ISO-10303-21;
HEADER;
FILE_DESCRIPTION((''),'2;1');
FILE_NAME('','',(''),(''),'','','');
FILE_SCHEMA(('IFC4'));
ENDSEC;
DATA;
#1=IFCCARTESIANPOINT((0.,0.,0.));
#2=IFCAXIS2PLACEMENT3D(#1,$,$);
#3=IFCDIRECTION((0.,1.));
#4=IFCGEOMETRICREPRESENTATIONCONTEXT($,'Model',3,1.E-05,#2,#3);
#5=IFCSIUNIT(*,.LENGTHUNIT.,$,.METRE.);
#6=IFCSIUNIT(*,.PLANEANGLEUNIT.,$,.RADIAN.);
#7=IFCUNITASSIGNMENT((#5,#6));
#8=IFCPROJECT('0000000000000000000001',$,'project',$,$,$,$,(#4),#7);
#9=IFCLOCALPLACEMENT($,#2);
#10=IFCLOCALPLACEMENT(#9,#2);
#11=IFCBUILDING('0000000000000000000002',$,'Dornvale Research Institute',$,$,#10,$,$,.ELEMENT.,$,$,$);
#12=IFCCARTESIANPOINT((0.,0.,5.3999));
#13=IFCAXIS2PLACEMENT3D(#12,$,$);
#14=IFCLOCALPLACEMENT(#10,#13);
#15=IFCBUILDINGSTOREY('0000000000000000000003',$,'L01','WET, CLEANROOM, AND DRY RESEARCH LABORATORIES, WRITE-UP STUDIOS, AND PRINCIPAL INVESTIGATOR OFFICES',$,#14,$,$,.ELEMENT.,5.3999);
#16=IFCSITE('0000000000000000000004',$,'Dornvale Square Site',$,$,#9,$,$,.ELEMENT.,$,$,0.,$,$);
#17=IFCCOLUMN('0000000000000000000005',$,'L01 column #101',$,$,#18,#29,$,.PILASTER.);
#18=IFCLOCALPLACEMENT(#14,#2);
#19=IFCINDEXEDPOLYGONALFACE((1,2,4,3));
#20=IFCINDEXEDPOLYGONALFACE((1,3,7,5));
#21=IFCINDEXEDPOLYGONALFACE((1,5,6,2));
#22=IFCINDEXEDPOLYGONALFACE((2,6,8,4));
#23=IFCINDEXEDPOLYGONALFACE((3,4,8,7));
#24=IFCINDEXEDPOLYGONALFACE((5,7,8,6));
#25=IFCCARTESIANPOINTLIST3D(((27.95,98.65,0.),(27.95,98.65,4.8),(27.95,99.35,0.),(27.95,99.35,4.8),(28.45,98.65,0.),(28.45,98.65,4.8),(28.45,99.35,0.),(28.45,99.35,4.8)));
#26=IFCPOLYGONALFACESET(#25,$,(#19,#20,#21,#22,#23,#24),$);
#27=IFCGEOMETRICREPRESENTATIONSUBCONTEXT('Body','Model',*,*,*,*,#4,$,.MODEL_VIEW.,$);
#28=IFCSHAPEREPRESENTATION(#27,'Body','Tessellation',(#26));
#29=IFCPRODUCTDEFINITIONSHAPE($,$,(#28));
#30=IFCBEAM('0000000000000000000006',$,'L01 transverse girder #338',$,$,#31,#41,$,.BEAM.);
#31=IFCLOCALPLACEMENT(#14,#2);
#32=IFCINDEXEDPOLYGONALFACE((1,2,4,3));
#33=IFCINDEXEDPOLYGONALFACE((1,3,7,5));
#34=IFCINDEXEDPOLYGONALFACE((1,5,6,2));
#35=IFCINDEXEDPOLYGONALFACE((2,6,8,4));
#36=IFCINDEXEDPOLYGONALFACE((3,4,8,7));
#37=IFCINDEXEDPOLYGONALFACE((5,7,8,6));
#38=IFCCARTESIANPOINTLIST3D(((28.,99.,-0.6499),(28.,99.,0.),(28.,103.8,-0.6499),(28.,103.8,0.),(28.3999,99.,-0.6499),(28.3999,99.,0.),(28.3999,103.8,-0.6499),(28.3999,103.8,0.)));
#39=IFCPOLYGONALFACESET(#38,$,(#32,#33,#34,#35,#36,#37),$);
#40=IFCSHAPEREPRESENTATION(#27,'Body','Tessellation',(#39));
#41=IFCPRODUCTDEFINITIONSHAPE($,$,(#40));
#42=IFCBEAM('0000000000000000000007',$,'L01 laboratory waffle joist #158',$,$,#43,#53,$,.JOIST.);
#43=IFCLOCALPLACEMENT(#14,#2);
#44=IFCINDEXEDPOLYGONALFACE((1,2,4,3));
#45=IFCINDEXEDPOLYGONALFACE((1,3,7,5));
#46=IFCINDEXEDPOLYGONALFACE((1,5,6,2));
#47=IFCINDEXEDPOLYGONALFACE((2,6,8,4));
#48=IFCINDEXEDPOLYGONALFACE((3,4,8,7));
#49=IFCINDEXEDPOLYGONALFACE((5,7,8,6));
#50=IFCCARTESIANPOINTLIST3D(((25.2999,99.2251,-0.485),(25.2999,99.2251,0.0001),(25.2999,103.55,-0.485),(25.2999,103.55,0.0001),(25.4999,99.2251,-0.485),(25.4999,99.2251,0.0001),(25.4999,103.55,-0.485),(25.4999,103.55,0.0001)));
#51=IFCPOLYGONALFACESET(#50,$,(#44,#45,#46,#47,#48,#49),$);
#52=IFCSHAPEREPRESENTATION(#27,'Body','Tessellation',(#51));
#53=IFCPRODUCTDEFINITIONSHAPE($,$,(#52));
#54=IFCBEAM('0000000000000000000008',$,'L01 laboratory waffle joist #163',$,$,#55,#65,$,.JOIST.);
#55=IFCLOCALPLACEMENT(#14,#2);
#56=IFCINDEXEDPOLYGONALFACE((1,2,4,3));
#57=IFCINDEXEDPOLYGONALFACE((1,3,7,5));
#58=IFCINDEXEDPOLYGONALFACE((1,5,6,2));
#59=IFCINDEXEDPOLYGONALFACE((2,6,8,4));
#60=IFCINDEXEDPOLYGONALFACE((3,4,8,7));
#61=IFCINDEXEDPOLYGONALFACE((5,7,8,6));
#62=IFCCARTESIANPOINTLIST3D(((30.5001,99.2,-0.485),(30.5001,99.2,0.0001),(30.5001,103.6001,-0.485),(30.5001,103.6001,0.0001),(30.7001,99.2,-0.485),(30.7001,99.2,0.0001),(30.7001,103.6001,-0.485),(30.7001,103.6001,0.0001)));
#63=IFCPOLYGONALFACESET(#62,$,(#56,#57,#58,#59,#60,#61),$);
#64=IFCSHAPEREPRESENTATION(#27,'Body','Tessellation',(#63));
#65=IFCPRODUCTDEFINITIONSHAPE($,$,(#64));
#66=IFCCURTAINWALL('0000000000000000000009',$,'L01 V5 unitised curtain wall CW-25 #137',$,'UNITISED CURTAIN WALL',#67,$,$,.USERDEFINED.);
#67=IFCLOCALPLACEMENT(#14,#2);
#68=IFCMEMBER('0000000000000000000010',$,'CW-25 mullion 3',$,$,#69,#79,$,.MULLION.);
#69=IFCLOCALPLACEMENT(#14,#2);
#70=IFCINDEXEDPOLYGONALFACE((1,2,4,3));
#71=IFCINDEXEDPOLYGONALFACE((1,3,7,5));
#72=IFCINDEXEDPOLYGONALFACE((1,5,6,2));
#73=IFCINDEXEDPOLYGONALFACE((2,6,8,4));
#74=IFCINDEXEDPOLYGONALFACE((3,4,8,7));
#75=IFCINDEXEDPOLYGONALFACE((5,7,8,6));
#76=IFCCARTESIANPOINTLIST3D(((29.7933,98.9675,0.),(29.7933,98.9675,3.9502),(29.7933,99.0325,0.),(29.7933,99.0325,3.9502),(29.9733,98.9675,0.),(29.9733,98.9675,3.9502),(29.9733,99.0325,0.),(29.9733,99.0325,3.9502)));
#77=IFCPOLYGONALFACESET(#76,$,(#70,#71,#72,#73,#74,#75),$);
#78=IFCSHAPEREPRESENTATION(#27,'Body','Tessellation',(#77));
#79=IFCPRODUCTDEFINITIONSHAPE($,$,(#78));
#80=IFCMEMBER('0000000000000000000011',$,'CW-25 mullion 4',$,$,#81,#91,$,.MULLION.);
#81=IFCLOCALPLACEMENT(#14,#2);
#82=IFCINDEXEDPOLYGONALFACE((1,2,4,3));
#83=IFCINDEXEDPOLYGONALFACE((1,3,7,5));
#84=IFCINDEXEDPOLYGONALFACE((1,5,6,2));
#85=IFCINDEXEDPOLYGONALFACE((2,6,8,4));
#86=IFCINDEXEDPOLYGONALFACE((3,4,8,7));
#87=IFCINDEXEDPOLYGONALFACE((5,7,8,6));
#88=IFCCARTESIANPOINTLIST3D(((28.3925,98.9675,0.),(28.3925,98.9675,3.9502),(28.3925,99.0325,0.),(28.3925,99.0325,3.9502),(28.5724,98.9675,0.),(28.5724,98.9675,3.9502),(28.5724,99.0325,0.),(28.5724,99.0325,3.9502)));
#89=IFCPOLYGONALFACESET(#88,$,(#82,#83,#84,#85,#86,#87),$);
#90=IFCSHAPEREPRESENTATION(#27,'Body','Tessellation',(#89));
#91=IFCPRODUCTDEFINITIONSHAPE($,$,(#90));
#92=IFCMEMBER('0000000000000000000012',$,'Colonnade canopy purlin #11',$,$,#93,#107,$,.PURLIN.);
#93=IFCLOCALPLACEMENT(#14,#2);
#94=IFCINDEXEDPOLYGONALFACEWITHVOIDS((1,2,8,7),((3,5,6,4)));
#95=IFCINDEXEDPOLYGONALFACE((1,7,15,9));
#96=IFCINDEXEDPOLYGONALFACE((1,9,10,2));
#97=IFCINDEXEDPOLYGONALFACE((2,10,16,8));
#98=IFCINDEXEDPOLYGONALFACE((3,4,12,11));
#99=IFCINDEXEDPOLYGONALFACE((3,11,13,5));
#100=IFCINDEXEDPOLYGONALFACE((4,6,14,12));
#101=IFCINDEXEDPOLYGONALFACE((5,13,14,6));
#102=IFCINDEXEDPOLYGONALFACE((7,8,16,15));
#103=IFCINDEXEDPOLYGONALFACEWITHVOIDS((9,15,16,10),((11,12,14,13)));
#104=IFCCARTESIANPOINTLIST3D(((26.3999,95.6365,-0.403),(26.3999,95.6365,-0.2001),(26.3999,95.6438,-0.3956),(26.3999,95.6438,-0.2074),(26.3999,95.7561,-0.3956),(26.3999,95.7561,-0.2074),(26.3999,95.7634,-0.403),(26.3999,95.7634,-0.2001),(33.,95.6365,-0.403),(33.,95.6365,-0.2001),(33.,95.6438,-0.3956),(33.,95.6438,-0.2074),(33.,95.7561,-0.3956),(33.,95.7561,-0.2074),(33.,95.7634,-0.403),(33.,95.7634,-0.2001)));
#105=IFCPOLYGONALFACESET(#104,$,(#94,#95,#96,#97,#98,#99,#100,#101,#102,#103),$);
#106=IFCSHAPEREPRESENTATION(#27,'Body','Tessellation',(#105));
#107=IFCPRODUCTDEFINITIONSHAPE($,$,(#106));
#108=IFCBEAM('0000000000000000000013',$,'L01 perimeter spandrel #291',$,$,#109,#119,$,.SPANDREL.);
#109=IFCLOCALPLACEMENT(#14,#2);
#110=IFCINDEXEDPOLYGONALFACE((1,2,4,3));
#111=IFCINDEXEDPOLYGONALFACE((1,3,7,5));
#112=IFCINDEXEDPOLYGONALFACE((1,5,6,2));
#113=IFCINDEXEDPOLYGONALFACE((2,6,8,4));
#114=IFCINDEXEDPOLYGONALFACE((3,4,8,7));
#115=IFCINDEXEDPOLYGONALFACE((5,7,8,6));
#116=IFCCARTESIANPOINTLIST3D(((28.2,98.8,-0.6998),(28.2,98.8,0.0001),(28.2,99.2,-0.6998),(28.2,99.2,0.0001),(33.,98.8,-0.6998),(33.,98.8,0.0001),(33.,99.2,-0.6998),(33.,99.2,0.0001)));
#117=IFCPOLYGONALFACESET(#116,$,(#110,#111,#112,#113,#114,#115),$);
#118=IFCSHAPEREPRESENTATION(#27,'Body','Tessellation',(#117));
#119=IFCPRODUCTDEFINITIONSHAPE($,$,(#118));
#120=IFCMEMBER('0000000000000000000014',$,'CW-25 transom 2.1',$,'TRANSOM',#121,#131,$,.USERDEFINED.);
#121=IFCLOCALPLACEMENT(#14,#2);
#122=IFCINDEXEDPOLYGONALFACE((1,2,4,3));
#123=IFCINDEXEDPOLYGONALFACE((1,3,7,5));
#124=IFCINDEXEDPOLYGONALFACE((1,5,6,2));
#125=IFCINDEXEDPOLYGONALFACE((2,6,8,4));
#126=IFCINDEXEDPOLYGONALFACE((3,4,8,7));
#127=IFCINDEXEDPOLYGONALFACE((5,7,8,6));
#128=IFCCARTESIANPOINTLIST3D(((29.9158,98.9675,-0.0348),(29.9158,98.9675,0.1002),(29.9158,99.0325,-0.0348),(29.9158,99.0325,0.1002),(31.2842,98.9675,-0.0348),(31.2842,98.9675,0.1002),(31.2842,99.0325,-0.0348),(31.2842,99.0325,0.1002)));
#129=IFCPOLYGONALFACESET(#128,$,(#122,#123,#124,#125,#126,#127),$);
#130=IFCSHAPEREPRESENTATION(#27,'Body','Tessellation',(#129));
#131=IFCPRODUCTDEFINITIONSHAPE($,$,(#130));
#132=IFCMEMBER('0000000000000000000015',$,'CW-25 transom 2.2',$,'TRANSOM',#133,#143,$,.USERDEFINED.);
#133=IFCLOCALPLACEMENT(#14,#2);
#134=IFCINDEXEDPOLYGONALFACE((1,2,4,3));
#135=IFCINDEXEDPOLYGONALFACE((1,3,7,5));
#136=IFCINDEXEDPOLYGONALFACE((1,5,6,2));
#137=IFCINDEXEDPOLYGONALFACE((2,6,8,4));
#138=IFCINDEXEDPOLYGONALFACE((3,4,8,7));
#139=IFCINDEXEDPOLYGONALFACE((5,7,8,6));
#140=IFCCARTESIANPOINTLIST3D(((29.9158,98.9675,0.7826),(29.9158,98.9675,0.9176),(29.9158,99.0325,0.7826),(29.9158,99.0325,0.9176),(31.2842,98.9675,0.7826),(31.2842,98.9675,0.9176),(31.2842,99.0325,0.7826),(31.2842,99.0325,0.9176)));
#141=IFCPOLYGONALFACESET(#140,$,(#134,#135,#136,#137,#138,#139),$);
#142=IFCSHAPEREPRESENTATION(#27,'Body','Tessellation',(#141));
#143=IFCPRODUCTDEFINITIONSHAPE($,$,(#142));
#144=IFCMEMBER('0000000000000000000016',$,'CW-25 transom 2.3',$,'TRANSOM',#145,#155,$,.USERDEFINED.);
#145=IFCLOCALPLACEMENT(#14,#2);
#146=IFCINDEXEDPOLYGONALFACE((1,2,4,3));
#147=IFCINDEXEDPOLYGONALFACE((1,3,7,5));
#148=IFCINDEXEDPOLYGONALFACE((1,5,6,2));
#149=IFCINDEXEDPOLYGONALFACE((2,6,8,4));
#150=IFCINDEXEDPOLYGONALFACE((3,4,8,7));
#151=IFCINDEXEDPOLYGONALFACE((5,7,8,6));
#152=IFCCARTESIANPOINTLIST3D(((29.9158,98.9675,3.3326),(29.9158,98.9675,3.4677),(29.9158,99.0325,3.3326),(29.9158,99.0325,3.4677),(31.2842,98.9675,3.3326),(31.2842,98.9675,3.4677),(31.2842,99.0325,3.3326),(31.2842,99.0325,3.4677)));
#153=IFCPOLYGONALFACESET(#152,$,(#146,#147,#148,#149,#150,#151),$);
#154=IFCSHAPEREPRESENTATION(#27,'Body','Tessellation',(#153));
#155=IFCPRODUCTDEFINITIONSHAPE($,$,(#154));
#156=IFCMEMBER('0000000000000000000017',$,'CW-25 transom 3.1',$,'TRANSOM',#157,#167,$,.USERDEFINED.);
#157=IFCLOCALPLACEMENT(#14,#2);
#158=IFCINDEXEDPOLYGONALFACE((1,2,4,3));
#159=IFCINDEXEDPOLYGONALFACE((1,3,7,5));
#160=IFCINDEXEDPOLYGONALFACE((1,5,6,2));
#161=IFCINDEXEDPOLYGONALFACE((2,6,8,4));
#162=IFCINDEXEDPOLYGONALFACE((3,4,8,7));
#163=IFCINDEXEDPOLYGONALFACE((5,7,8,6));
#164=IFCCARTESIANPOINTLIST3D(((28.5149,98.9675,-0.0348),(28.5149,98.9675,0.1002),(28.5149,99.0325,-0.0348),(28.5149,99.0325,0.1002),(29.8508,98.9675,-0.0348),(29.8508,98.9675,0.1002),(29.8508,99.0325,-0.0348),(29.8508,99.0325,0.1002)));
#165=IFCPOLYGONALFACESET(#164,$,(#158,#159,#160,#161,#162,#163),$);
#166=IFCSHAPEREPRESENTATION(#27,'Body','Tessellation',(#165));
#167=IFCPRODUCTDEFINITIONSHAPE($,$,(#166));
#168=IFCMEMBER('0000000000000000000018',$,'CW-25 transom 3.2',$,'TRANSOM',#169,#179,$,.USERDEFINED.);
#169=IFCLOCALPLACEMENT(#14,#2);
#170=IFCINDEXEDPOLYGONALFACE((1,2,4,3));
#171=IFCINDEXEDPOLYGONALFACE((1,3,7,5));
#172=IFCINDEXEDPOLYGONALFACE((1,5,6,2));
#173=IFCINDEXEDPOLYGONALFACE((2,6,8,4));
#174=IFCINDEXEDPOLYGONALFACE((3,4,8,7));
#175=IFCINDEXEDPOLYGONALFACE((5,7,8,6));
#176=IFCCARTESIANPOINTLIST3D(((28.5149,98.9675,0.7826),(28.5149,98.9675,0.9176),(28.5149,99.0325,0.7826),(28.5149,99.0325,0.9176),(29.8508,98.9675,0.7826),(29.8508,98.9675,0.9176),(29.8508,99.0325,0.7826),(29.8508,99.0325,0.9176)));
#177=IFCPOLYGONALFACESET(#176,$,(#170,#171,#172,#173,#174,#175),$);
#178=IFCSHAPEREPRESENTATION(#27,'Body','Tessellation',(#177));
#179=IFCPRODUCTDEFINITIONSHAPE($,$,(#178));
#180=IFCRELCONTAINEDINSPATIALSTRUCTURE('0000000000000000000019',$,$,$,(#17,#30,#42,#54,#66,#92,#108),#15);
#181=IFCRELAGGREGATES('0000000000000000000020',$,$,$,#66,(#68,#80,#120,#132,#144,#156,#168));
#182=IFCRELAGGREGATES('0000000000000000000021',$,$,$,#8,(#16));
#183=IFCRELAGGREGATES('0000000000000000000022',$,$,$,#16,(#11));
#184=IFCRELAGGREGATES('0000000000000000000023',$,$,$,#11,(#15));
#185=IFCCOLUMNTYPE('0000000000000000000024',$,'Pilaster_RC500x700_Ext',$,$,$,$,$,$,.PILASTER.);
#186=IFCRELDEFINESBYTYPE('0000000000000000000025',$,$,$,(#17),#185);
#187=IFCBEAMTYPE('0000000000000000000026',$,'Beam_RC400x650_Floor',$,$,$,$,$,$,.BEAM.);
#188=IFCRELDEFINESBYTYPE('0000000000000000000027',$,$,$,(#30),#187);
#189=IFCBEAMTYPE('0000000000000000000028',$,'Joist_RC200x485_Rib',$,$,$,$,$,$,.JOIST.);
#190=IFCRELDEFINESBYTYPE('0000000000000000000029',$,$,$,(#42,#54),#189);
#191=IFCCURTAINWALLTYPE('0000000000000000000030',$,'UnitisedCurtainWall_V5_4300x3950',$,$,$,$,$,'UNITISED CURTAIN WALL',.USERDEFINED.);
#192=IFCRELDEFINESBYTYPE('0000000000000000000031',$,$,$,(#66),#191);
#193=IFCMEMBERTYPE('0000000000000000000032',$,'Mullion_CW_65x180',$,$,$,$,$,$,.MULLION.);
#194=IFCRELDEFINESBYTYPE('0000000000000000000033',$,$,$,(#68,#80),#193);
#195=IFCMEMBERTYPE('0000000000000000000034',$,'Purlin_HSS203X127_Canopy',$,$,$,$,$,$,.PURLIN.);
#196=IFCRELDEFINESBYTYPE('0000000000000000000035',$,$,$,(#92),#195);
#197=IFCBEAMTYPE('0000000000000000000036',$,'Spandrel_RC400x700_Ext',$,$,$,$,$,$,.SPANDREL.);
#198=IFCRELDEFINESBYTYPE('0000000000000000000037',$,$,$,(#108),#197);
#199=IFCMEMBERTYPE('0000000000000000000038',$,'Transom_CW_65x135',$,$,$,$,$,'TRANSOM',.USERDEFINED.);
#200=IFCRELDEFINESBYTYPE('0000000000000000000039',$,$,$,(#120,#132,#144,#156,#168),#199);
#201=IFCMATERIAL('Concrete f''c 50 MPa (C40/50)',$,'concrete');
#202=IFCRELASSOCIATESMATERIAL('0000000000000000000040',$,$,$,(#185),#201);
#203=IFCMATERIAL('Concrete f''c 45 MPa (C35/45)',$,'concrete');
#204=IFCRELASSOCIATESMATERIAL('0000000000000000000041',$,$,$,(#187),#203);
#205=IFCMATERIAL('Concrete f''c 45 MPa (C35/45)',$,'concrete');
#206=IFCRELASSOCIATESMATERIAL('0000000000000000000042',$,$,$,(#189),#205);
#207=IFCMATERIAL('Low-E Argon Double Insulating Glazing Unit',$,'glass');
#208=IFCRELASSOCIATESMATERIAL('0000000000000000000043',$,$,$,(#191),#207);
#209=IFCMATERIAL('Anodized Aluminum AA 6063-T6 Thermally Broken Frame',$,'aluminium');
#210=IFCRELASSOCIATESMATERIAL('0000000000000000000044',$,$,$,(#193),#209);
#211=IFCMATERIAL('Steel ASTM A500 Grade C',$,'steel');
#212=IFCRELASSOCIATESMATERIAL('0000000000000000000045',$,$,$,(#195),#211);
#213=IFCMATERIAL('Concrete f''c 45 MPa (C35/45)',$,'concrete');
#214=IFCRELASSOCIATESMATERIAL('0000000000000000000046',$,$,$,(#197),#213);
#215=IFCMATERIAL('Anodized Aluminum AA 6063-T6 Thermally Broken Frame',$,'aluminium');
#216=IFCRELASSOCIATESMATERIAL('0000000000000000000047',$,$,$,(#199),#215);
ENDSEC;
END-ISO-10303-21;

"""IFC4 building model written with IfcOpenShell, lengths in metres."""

from ifc_helpers import new_model, si_unit, direction, frame, origin, origin_2d, place, context, subcontext, project, spatial, rectangle, hollow_rectangle, extrude, material, material_profile, profile_set, type_object, element, aggregate, save


model = new_model("IFC4")

# Units and contexts
model_context = context("Model", 3, precision=1e-05, world=origin(), true_north=direction((0.0, 1.0)))
body_context = subcontext(model_context, "Body", "Model", "MODEL_VIEW")
ifc_project = project(units=[si_unit("LENGTHUNIT", "METRE"), si_unit("PLANEANGLEUNIT", "RADIAN")], contexts=[model_context])

# Site, building, storey
site_placement = place(None, origin())
site = spatial("IfcSite", under=ifc_project, at=site_placement, Name="Dornvale Square Site", CompositionType="ELEMENT", RefElevation=0.0)
building_placement = place(site_placement, origin())
building = spatial("IfcBuilding", under=site, at=building_placement, Name="Dornvale Research Institute", CompositionType="ELEMENT")
storey_placement = place(building_placement, frame((0.0, 0.0, 5.3999)))
storey = spatial("IfcBuildingStorey", under=building, at=storey_placement, Name="L01", Description="WET, CLEANROOM, AND DRY RESEARCH LABORATORIES, WRITE-UP STUDIOS, AND PRINCIPAL INVESTIGATOR OFFICES", CompositionType="ELEMENT", Elevation=5.3999)

# Column
ifc_material_1 = material(Name="Concrete f'c 50 MPa (C40/50)", Category="concrete")
ifc_material_profile_1 = material_profile(ifc_material_1, rectangle(XDim=0.5, YDim=0.7, at=origin_2d()), Name="RC 500x700")
ifc_profile_set_1 = profile_set([ifc_material_profile_1], Name="Concrete f'c 50 MPa (C40/50)")
column_type = type_object("IfcColumnType", Name="Pilaster_RC500x700_Ext", PredefinedType="PILASTER", material=ifc_profile_set_1)
column_placement = place(storey_placement, frame((28.2, 99.0, 0.0), z_axis=(0.0, 0.0, 1.0), x_axis=(1.0, 0.0, 0.0)))
element("IfcColumn", 1, at=column_placement, inside=storey, type_object=column_type, Name="L01 column #101", PredefinedType="PILASTER", context=body_context, shape_type="SweptSolid", body=[
    extrude(rectangle(XDim=0.5, YDim=0.7, at=origin_2d()), origin(), (0.0, 0.0, 1.0), 4.8),
])

# Beams
ifc_material_2 = material(Name="Concrete f'c 45 MPa (C35/45)", Category="concrete")
ifc_material_profile_2 = material_profile(ifc_material_2, rectangle(XDim=0.3999, YDim=0.6499, at=origin_2d()), Name="RC 400x650")
ifc_profile_set_2 = profile_set([ifc_material_profile_2], Name="Concrete f'c 45 MPa (C35/45)")
beam_type_1 = type_object("IfcBeamType", Name="Beam_RC400x650_Floor", PredefinedType="BEAM", material=ifc_profile_set_2)
beam_1_placement = place(storey_placement, frame((28.2, 99.0, -0.325), z_axis=(0.0, 1.0, 0.0), x_axis=(-1.0, 0.0, 0.0)))
element("IfcBeam", 2, at=beam_1_placement, inside=storey, type_object=beam_type_1, Name="L01 transverse girder #338", PredefinedType="BEAM", context=body_context, shape_type="SweptSolid", body=[
    extrude(rectangle(XDim=0.3999, YDim=0.6499, at=origin_2d()), origin(), (0.0, 0.0, 1.0), 4.8),
])
ifc_material_3 = material(Name="Concrete f'c 45 MPa (C35/45)", Category="concrete")
ifc_material_profile_3 = material_profile(ifc_material_3, rectangle(XDim=0.2, YDim=0.4851, at=origin_2d()), Name="RC 200x485")
ifc_profile_set_3 = profile_set([ifc_material_profile_3], Name="Concrete f'c 45 MPa (C35/45)")
beam_type_2 = type_object("IfcBeamType", Name="Joist_RC200x485_Rib", PredefinedType="JOIST", material=ifc_profile_set_3)
beam_2_placement = place(storey_placement, frame((25.3999, 99.2251, -0.2424), z_axis=(0.0, 1.0, 0.0), x_axis=(-1.0, 0.0, 0.0)))
element("IfcBeam", 3, at=beam_2_placement, inside=storey, type_object=beam_type_2, Name="L01 laboratory waffle joist #158", PredefinedType="JOIST", context=body_context, shape_type="SweptSolid", body=[
    extrude(rectangle(XDim=0.2, YDim=0.4851, at=origin_2d()), origin(), (0.0, 0.0, 1.0), 4.325),
])
beam_3_placement = place(storey_placement, frame((30.6001, 99.2, -0.2424), z_axis=(0.0, 1.0, 0.0), x_axis=(-1.0, 0.0, 0.0)))
element("IfcBeam", 4, at=beam_3_placement, inside=storey, type_object=beam_type_2, Name="L01 laboratory waffle joist #163", PredefinedType="JOIST", context=body_context, shape_type="SweptSolid", body=[
    extrude(rectangle(XDim=0.2, YDim=0.4851, at=origin_2d()), origin(), (0.0, 0.0, 1.0), 4.4001),
])

# Curtain wall, members
ifc_material_4 = material(Name="Low-E Argon Double Insulating Glazing Unit", Category="glass")
curtain_wall_type = type_object("IfcCurtainWallType", Name="UnitisedCurtainWall_V5_4300x3950", ElementType="UNITISED CURTAIN WALL", PredefinedType="USERDEFINED", material=ifc_material_4)
curtain_wall_placement = place(storey_placement, origin())
curtain_wall = element("IfcCurtainWall", 5, at=curtain_wall_placement, inside=storey, type_object=curtain_wall_type, Name="L01 V5 unitised curtain wall CW-25 #137", ObjectType="UNITISED CURTAIN WALL", PredefinedType="USERDEFINED")
ifc_material_5 = material(Name="Anodized Aluminum AA 6063-T6 Thermally Broken Frame", Category="aluminium")
ifc_material_profile_4 = material_profile(ifc_material_5, rectangle(XDim=0.0649, YDim=0.1799, at=origin_2d()), Name="ALU MULLION 65x180")
ifc_profile_set_4 = profile_set([ifc_material_profile_4], Name="Anodized Aluminum AA 6063-T6 Thermally Broken Frame")
member_type_1 = type_object("IfcMemberType", Name="Mullion_CW_65x180", PredefinedType="MULLION", material=ifc_profile_set_4)
member_1_placement = place(storey_placement, frame((29.8833, 99.0, 0.0), z_axis=(0.0, 0.0, 1.0), x_axis=(0.0, -1.0, 0.0)))
member_1 = element("IfcMember", 6, at=member_1_placement, type_object=member_type_1, Name="CW-25 mullion 3", PredefinedType="MULLION", context=body_context, shape_type="SweptSolid", body=[
    extrude(rectangle(XDim=0.0649, YDim=0.1799, at=origin_2d()), origin(), (0.0, 0.0, 1.0), 3.9502),
])
member_2_placement = place(storey_placement, frame((28.4824, 99.0, 0.0), z_axis=(0.0, 0.0, 1.0), x_axis=(0.0, -1.0, 0.0)))
member_2 = element("IfcMember", 7, at=member_2_placement, type_object=member_type_1, Name="CW-25 mullion 4", PredefinedType="MULLION", context=body_context, shape_type="SweptSolid", body=[
    extrude(rectangle(XDim=0.0649, YDim=0.1799, at=origin_2d()), origin(), (0.0, 0.0, 1.0), 3.9502),
])

# Member
ifc_material_6 = material(Name="Steel ASTM A500 Grade C", Category="steel")
ifc_material_profile_5 = material_profile(ifc_material_6, hollow_rectangle(XDim=0.127, YDim=0.2029, WallThickness=0.0073, at=origin_2d()), Name="HSS203X127X7.9")
ifc_profile_set_5 = profile_set([ifc_material_profile_5], Name="Steel ASTM A500 Grade C")
member_type_2 = type_object("IfcMemberType", Name="Purlin_HSS203X127_Canopy", PredefinedType="PURLIN", material=ifc_profile_set_5)
member_3_placement = place(storey_placement, frame((26.3999, 95.7, -0.3015), z_axis=(1.0, 0.0, 0.0), x_axis=(0.0, 1.0, 0.0)))
element("IfcMember", 8, at=member_3_placement, inside=storey, type_object=member_type_2, Name="Colonnade canopy purlin #11", PredefinedType="PURLIN", context=body_context, shape_type="SweptSolid", body=[
    extrude(hollow_rectangle(XDim=0.127, YDim=0.2029, WallThickness=0.0073, at=origin_2d()), origin(), (0.0, 0.0, 1.0), 6.6001),
])

# Beam
ifc_material_7 = material(Name="Concrete f'c 45 MPa (C35/45)", Category="concrete")
ifc_material_profile_6 = material_profile(ifc_material_7, rectangle(XDim=0.3999, YDim=0.7, at=origin_2d()), Name="RC 400x700")
ifc_profile_set_6 = profile_set([ifc_material_profile_6], Name="Concrete f'c 45 MPa (C35/45)")
beam_type_3 = type_object("IfcBeamType", Name="Spandrel_RC400x700_Ext", PredefinedType="SPANDREL", material=ifc_profile_set_6)
beam_4_placement = place(storey_placement, frame((28.2, 99.0, -0.3499), z_axis=(1.0, 0.0, 0.0), x_axis=(0.0, 1.0, 0.0)))
element("IfcBeam", 9, at=beam_4_placement, inside=storey, type_object=beam_type_3, Name="L01 perimeter spandrel #291", PredefinedType="SPANDREL", context=body_context, shape_type="SweptSolid", body=[
    extrude(rectangle(XDim=0.3999, YDim=0.7, at=origin_2d()), origin(), (0.0, 0.0, 1.0), 4.8),
])

# Members
ifc_material_8 = material(Name="Anodized Aluminum AA 6063-T6 Thermally Broken Frame", Category="aluminium")
ifc_material_profile_7 = material_profile(ifc_material_8, rectangle(XDim=0.0649, YDim=0.135, at=origin_2d()), Name="ALU TRANSOM 65x135")
ifc_profile_set_7 = profile_set([ifc_material_profile_7], Name="Anodized Aluminum AA 6063-T6 Thermally Broken Frame")
member_type_3 = type_object("IfcMemberType", Name="Transom_CW_65x135", ElementType="TRANSOM", PredefinedType="USERDEFINED", material=ifc_profile_set_7)
member_4_placement = place(storey_placement, frame((31.2842, 99.0, 0.0327), z_axis=(-1.0, 0.0, 0.0), x_axis=(0.0, -1.0, 0.0)))
member_4 = element("IfcMember", 10, at=member_4_placement, type_object=member_type_3, Name="CW-25 transom 2.1", ObjectType="TRANSOM", PredefinedType="USERDEFINED", context=body_context, shape_type="SweptSolid", body=[
    extrude(rectangle(XDim=0.0649, YDim=0.135, at=origin_2d()), origin(), (0.0, 0.0, 1.0), 1.3684),
])
member_5_placement = place(storey_placement, frame((31.2842, 99.0, 0.8501), z_axis=(-1.0, 0.0, 0.0), x_axis=(0.0, -1.0, 0.0)))
member_5 = element("IfcMember", 11, at=member_5_placement, type_object=member_type_3, Name="CW-25 transom 2.2", ObjectType="TRANSOM", PredefinedType="USERDEFINED", context=body_context, shape_type="SweptSolid", body=[
    extrude(rectangle(XDim=0.0649, YDim=0.135, at=origin_2d()), origin(), (0.0, 0.0, 1.0), 1.3684),
])
member_6_placement = place(storey_placement, frame((31.2842, 99.0, 3.4001), z_axis=(-1.0, 0.0, 0.0), x_axis=(0.0, -1.0, 0.0)))
member_6 = element("IfcMember", 12, at=member_6_placement, type_object=member_type_3, Name="CW-25 transom 2.3", ObjectType="TRANSOM", PredefinedType="USERDEFINED", context=body_context, shape_type="SweptSolid", body=[
    extrude(rectangle(XDim=0.0649, YDim=0.135, at=origin_2d()), origin(), (0.0, 0.0, 1.0), 1.3684),
])
member_7_placement = place(storey_placement, frame((29.8508, 99.0, 0.0327), z_axis=(-1.0, 0.0, 0.0), x_axis=(0.0, -1.0, 0.0)))
member_7 = element("IfcMember", 13, at=member_7_placement, type_object=member_type_3, Name="CW-25 transom 3.1", ObjectType="TRANSOM", PredefinedType="USERDEFINED", context=body_context, shape_type="SweptSolid", body=[
    extrude(rectangle(XDim=0.0649, YDim=0.135, at=origin_2d()), origin(), (0.0, 0.0, 1.0), 1.3359),
])
member_8_placement = place(storey_placement, frame((29.8508, 99.0, 0.8501), z_axis=(-1.0, 0.0, 0.0), x_axis=(0.0, -1.0, 0.0)))
member_8 = element("IfcMember", 14, at=member_8_placement, type_object=member_type_3, Name="CW-25 transom 3.2", ObjectType="TRANSOM", PredefinedType="USERDEFINED", context=body_context, shape_type="SweptSolid", body=[
    extrude(rectangle(XDim=0.0649, YDim=0.135, at=origin_2d()), origin(), (0.0, 0.0, 1.0), 1.3359),
])

aggregate(curtain_wall, [member_1, member_2, member_4, member_5, member_6, member_7, member_8])

save(model, "model.ifc")
